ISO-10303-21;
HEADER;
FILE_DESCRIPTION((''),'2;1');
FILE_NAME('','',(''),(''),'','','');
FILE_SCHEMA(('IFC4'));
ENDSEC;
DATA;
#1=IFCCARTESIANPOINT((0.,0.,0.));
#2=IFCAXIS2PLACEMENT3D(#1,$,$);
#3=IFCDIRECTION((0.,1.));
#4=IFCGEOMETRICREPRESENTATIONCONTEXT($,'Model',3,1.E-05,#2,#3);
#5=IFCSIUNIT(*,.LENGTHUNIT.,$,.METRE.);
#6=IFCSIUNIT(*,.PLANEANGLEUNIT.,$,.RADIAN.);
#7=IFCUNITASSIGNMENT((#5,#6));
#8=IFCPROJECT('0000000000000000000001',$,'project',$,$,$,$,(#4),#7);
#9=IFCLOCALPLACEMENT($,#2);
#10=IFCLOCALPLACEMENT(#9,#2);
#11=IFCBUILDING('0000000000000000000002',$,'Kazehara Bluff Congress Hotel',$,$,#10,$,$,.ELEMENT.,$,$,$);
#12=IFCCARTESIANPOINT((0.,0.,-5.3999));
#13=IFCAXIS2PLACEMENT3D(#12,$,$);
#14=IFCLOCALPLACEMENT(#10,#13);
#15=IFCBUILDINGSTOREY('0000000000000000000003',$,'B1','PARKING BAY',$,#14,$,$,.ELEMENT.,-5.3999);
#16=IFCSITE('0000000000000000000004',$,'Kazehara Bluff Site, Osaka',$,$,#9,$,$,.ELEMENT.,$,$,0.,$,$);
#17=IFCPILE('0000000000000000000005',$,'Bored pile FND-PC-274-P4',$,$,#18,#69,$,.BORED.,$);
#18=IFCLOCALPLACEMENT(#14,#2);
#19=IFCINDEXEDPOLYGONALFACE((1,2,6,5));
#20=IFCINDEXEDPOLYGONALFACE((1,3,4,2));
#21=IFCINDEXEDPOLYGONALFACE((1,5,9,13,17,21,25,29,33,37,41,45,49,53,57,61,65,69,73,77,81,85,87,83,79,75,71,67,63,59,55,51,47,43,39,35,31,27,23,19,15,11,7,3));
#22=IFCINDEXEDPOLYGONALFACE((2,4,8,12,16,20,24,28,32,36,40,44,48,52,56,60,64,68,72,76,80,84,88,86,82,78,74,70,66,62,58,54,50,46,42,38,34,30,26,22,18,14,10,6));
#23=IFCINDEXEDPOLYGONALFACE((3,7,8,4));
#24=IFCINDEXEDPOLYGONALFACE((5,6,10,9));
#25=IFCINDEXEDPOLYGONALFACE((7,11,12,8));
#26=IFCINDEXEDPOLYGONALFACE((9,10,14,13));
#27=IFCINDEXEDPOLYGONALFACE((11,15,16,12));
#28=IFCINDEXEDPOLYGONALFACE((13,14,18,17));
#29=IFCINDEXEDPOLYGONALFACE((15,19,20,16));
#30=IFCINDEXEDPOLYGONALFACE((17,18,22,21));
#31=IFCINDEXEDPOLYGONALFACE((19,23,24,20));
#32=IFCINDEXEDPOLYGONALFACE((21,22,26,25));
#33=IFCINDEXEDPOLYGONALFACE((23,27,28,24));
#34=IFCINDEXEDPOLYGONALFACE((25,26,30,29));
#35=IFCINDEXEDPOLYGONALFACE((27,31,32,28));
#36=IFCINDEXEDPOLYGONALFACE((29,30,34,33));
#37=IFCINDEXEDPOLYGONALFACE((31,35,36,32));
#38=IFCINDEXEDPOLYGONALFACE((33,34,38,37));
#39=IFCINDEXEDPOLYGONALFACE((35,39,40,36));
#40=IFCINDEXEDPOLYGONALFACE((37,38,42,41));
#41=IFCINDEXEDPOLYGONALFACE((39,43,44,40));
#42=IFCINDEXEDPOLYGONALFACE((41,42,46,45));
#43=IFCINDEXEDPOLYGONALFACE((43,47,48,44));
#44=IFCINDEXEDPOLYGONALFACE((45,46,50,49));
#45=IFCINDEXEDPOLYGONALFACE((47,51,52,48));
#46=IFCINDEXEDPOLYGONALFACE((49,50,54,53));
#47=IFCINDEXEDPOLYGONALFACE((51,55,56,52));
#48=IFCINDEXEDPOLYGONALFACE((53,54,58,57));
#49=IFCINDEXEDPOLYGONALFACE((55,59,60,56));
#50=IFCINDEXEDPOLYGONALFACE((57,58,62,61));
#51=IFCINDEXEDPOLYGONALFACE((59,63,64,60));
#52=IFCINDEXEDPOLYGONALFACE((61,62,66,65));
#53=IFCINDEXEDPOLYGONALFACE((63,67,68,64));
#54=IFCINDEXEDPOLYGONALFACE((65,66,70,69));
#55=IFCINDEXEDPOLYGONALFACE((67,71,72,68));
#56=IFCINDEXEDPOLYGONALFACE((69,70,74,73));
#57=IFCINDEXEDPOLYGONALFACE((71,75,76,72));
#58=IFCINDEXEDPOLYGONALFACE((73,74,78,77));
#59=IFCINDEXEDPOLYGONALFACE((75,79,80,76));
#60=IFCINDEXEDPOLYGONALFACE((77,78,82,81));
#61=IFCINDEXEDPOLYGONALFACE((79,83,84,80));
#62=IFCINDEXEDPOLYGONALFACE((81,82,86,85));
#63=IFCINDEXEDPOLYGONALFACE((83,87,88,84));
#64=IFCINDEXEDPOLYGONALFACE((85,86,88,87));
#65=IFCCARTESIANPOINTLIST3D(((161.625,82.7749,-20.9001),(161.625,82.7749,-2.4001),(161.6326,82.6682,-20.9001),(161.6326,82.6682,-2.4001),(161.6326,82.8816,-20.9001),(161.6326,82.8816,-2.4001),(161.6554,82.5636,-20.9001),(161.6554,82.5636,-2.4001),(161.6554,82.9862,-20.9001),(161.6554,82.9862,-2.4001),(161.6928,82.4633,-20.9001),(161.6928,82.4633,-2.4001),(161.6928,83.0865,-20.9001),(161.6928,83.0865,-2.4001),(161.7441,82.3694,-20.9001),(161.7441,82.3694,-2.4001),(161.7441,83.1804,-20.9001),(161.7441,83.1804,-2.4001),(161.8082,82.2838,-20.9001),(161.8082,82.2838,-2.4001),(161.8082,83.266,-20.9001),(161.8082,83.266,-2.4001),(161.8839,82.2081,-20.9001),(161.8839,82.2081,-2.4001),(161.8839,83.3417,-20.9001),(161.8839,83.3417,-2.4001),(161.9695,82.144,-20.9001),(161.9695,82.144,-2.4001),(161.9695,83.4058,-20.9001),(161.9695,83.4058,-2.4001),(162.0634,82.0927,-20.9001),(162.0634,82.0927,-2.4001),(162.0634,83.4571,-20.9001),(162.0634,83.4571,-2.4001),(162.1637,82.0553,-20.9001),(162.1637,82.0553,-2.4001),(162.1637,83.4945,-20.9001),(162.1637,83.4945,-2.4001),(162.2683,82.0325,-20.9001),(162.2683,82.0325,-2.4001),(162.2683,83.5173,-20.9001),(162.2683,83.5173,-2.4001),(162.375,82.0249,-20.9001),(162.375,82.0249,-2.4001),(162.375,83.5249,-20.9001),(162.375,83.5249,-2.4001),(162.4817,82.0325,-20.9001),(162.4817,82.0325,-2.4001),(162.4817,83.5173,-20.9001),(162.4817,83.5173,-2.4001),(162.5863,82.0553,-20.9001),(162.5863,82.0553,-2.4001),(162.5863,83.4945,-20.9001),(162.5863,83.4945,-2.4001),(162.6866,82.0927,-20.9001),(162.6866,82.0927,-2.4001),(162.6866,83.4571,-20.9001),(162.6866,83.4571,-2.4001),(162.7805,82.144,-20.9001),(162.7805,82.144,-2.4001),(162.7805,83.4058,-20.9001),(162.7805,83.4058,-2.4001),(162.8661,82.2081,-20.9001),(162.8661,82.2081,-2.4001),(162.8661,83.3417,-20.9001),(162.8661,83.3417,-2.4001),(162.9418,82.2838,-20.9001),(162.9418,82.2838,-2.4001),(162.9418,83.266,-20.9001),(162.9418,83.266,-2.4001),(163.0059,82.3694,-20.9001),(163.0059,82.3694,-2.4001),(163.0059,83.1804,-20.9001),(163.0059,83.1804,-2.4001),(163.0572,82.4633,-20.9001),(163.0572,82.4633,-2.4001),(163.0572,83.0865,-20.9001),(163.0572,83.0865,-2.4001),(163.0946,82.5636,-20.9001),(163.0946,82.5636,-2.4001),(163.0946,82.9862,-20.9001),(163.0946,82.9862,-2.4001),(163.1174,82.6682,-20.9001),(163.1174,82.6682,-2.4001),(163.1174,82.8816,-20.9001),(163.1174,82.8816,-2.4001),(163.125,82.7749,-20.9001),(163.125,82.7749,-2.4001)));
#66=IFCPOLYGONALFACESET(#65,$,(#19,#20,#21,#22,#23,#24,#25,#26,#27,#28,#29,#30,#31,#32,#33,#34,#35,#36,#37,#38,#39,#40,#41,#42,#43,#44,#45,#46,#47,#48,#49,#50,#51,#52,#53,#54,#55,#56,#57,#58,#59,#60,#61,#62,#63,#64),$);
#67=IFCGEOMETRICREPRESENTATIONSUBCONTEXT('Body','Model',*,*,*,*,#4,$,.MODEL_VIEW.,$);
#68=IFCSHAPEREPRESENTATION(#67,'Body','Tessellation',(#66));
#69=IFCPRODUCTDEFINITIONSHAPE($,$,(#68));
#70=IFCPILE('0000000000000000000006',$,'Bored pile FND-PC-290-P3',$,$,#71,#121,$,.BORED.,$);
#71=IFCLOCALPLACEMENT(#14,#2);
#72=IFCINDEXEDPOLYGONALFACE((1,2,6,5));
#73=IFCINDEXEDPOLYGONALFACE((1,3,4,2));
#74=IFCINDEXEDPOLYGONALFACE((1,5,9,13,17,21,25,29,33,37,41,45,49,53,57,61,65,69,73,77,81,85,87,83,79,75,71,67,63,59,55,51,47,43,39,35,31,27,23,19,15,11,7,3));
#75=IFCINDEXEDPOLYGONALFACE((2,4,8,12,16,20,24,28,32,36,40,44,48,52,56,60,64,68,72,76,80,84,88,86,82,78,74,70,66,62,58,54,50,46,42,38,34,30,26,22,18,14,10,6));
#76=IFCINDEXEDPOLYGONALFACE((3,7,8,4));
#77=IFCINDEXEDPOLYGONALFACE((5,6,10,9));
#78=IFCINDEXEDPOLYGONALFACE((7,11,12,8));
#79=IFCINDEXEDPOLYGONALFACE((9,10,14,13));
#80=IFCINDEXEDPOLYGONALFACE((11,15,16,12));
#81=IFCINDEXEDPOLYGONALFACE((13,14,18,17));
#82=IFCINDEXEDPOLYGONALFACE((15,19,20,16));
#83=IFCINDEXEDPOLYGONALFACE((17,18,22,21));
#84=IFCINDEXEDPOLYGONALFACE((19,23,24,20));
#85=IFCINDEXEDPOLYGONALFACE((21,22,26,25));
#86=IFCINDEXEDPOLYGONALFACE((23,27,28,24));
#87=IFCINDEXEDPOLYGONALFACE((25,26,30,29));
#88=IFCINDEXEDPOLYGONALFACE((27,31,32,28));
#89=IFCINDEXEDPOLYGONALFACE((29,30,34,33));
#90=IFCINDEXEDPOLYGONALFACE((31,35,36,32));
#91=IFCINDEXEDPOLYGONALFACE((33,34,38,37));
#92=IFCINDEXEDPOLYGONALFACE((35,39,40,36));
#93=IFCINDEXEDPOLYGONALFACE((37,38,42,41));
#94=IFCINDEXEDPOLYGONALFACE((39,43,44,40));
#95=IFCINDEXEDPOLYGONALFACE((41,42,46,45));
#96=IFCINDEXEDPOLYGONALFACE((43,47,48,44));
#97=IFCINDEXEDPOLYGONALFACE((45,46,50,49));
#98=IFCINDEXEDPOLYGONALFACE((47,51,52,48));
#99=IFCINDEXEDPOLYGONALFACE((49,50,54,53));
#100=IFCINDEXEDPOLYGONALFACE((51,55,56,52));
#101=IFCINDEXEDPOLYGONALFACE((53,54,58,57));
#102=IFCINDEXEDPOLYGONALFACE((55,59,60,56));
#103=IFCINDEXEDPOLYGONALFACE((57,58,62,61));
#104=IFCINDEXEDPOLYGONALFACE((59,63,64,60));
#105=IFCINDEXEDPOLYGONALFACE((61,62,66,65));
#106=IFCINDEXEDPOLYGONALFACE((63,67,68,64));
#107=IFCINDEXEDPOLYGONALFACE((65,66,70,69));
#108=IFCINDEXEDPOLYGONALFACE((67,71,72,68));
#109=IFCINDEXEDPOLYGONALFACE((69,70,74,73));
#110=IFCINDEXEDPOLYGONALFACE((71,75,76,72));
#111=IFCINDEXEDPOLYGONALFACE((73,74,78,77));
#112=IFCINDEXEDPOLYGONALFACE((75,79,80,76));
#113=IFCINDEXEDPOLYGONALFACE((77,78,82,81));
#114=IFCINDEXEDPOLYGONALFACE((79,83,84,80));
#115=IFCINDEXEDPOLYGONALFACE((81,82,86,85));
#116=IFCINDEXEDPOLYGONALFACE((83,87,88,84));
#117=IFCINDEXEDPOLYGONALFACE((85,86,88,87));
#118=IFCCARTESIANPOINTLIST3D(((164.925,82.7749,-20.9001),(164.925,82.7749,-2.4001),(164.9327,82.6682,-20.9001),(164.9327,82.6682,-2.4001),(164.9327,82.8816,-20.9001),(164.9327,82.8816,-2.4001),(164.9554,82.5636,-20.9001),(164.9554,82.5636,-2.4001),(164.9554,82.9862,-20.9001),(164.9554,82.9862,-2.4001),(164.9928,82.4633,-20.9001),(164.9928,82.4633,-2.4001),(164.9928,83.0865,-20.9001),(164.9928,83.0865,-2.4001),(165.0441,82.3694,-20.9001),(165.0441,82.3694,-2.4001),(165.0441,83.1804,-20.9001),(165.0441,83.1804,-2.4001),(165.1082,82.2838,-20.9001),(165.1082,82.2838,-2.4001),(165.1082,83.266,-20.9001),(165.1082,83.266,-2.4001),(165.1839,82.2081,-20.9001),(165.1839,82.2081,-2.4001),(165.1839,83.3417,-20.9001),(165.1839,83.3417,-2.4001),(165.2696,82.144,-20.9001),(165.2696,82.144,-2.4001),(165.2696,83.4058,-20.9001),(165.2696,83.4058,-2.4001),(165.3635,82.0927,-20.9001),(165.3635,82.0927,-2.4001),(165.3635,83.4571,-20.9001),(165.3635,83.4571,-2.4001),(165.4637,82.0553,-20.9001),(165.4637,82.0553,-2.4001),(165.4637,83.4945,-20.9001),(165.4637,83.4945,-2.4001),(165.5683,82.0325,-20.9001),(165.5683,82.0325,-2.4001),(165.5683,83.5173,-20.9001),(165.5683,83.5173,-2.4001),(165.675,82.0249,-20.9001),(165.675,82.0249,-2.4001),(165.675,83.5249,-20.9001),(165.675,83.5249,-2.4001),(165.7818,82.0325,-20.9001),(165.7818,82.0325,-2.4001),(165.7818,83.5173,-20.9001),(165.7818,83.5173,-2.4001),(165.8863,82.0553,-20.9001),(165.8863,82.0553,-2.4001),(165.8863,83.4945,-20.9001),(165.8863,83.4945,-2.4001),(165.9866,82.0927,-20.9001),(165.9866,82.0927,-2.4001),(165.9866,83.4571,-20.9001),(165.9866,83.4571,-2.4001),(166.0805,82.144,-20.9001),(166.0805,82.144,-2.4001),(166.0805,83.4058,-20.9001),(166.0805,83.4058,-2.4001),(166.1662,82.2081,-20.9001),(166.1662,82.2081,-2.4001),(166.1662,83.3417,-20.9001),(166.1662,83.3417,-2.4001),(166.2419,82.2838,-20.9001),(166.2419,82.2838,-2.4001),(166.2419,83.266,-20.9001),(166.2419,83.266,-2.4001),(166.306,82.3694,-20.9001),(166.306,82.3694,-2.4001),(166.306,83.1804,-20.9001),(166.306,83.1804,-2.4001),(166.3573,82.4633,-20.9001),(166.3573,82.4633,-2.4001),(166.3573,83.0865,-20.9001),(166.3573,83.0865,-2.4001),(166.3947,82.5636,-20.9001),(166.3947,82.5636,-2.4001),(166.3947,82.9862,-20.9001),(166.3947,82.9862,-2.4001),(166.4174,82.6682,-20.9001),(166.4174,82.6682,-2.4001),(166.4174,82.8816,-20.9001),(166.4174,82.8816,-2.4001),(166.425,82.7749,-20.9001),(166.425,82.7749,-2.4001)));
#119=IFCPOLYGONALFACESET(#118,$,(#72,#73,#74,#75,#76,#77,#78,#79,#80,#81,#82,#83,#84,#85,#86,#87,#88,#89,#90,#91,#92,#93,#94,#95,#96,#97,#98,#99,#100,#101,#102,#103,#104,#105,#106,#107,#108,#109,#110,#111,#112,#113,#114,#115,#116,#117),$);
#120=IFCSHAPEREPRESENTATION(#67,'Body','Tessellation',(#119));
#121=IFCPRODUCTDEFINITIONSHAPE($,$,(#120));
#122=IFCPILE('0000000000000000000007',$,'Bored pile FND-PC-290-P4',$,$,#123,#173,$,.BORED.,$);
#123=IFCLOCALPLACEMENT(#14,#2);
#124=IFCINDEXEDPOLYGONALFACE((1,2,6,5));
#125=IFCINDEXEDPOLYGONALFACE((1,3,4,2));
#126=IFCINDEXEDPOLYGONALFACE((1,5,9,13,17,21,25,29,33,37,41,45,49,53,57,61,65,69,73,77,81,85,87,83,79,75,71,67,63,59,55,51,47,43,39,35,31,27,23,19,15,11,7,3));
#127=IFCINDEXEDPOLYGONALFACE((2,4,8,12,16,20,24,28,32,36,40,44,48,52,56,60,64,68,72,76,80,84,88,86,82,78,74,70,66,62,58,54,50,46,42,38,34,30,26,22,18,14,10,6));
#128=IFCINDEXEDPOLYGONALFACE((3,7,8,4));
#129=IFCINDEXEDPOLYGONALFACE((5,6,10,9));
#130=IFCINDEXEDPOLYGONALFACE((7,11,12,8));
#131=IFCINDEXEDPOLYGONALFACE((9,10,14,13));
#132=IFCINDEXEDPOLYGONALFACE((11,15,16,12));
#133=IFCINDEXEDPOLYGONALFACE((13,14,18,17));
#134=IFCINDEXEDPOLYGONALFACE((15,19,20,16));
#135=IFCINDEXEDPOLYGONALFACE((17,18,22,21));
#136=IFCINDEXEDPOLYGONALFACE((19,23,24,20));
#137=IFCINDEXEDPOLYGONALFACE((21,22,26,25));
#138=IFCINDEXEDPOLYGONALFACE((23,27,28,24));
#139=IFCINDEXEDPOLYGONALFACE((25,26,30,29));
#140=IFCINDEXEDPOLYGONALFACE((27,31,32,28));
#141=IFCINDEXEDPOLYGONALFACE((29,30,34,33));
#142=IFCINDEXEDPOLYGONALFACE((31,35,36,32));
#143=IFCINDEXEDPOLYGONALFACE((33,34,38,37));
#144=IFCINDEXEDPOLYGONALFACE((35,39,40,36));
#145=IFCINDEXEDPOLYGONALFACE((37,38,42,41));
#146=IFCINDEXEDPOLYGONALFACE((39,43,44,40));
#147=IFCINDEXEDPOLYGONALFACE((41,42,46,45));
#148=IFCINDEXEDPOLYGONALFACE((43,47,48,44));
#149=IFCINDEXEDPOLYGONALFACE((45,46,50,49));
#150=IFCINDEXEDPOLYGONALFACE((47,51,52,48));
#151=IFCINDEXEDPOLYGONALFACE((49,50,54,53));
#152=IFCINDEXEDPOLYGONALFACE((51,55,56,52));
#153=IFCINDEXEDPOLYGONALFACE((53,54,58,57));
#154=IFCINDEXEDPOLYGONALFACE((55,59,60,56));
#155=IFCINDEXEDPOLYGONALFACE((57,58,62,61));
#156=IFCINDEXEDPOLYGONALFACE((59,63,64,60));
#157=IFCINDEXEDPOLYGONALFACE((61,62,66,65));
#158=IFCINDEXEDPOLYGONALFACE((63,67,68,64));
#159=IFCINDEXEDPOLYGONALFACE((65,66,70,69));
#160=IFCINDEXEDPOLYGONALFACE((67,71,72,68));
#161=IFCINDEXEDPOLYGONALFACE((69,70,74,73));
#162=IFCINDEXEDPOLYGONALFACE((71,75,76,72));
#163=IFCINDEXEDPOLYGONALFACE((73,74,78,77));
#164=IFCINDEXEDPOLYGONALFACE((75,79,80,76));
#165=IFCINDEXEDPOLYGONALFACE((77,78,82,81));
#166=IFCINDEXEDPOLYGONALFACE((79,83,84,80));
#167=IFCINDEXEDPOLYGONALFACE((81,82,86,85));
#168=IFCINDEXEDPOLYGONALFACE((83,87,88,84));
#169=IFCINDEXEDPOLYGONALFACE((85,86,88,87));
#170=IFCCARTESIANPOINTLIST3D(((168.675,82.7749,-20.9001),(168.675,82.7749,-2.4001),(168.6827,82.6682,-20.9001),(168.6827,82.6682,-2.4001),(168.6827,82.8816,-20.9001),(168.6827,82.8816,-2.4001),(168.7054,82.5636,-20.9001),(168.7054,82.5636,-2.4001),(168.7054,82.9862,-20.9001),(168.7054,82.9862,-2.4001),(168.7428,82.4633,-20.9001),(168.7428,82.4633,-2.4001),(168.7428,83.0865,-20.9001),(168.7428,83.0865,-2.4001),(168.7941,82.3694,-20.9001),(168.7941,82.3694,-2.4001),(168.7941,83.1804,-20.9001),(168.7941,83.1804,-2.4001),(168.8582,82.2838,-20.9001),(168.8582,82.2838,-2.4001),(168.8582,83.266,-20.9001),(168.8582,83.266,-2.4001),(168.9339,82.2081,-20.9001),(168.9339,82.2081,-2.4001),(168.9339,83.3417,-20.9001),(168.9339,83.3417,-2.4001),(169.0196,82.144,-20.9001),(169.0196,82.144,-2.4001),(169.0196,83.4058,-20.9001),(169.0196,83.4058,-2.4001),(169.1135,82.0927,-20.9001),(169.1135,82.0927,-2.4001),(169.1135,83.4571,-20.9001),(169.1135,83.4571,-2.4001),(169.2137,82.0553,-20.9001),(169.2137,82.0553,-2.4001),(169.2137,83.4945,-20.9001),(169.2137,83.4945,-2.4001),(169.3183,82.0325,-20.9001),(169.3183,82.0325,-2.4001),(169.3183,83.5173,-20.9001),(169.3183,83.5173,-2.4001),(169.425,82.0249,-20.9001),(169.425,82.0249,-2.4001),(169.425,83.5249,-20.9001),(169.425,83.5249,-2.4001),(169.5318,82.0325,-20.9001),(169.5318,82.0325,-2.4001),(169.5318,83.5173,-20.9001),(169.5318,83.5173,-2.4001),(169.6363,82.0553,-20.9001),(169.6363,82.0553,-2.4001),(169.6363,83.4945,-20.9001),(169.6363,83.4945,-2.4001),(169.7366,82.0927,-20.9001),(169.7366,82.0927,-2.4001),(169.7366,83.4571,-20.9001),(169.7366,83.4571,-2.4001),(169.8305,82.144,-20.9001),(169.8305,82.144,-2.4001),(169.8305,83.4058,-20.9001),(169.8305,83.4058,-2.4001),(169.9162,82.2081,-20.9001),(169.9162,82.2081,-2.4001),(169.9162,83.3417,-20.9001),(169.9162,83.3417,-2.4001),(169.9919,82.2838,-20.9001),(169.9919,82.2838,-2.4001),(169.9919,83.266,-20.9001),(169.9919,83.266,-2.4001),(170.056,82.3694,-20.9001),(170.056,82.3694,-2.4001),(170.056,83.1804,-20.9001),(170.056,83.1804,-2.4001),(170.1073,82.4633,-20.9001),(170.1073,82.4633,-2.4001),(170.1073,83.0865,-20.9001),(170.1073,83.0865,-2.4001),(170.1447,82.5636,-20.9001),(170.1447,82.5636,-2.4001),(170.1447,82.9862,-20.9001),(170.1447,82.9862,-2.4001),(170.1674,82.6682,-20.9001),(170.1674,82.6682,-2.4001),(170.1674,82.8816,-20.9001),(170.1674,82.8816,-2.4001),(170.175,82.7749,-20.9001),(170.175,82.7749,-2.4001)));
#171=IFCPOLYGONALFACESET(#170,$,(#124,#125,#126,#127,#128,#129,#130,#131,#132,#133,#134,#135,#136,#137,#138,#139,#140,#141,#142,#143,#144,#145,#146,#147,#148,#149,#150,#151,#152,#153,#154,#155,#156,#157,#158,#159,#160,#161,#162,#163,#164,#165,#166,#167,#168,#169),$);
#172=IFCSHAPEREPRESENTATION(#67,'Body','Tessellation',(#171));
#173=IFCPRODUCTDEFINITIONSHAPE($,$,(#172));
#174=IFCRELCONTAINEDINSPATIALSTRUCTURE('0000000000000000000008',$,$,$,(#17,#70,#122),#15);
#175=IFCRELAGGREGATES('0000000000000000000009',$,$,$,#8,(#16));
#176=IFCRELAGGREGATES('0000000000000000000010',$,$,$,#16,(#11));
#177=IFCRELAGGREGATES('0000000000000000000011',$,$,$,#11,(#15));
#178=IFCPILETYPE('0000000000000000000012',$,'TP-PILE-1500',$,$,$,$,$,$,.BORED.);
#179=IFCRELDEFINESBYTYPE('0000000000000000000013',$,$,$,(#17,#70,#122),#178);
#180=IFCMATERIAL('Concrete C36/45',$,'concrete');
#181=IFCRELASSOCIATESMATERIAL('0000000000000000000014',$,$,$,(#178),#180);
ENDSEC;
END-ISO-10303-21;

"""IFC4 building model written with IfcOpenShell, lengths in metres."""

from ifc_helpers import new_model, si_unit, direction, frame, origin, origin_2d, place, context, subcontext, project, spatial, circle, extrude, material, material_profile, profile_set, type_object, element, save


model = new_model("IFC4")

# Units and contexts
model_context = context("Model", 3, precision=1e-05, world=origin(), true_north=direction((0.0, 1.0)))
body_context = subcontext(model_context, "Body", "Model", "MODEL_VIEW")
ifc_project = project(units=[si_unit("LENGTHUNIT", "METRE"), si_unit("PLANEANGLEUNIT", "RADIAN")], contexts=[model_context])

# Site, building, storey
site_placement = place(None, origin())
site = spatial("IfcSite", under=ifc_project, at=site_placement, Name="Kazehara Bluff Site, Osaka", CompositionType="ELEMENT", RefElevation=0.0)
building_placement = place(site_placement, origin())
building = spatial("IfcBuilding", under=site, at=building_placement, Name="Kazehara Bluff Congress Hotel", CompositionType="ELEMENT")
storey_placement = place(building_placement, frame((0.0, 0.0, -5.3999)))
storey = spatial("IfcBuildingStorey", under=building, at=storey_placement, Name="B1", Description="PARKING BAY", CompositionType="ELEMENT", Elevation=-5.3999)

# Piles
ifc_material_1 = material(Name="Concrete C36/45", Category="concrete")
ifc_material_profile_1 = material_profile(ifc_material_1, circle(Radius=0.75, at=origin_2d()))
ifc_profile_set_1 = profile_set([ifc_material_profile_1], Name="Concrete C36/45")
pile_type_1 = type_object("IfcPileType", Name="TP-PILE-1500", PredefinedType="BORED", material=ifc_profile_set_1)
for number, where, z_axis, x_axis, name in (
    (1, (162.375, 82.7749, -2.4001), (0.0, 0.0, -1.0), (1.0, 0.0, 0.0), "Bored pile FND-PC-274-P4"),
    (2, (165.675, 82.7749, -2.4001), (0.0, 0.0, -1.0), (1.0, 0.0, 0.0), "Bored pile FND-PC-290-P3"),
    (3, (169.425, 82.7749, -2.4001), (0.0, 0.0, -1.0), (1.0, 0.0, 0.0), "Bored pile FND-PC-290-P4"),
):
    element("IfcPile", number, at=place(storey_placement, frame(where, z_axis=z_axis, x_axis=x_axis)), inside=storey, type_object=pile_type_1, Name=name, PredefinedType="BORED", context=body_context, shape_type="SweptSolid", body=[
        extrude(circle(Radius=0.75, at=origin_2d()), origin(), (0.0, 0.0, 1.0), 18.5),
    ])

save(model, "model.ifc")
